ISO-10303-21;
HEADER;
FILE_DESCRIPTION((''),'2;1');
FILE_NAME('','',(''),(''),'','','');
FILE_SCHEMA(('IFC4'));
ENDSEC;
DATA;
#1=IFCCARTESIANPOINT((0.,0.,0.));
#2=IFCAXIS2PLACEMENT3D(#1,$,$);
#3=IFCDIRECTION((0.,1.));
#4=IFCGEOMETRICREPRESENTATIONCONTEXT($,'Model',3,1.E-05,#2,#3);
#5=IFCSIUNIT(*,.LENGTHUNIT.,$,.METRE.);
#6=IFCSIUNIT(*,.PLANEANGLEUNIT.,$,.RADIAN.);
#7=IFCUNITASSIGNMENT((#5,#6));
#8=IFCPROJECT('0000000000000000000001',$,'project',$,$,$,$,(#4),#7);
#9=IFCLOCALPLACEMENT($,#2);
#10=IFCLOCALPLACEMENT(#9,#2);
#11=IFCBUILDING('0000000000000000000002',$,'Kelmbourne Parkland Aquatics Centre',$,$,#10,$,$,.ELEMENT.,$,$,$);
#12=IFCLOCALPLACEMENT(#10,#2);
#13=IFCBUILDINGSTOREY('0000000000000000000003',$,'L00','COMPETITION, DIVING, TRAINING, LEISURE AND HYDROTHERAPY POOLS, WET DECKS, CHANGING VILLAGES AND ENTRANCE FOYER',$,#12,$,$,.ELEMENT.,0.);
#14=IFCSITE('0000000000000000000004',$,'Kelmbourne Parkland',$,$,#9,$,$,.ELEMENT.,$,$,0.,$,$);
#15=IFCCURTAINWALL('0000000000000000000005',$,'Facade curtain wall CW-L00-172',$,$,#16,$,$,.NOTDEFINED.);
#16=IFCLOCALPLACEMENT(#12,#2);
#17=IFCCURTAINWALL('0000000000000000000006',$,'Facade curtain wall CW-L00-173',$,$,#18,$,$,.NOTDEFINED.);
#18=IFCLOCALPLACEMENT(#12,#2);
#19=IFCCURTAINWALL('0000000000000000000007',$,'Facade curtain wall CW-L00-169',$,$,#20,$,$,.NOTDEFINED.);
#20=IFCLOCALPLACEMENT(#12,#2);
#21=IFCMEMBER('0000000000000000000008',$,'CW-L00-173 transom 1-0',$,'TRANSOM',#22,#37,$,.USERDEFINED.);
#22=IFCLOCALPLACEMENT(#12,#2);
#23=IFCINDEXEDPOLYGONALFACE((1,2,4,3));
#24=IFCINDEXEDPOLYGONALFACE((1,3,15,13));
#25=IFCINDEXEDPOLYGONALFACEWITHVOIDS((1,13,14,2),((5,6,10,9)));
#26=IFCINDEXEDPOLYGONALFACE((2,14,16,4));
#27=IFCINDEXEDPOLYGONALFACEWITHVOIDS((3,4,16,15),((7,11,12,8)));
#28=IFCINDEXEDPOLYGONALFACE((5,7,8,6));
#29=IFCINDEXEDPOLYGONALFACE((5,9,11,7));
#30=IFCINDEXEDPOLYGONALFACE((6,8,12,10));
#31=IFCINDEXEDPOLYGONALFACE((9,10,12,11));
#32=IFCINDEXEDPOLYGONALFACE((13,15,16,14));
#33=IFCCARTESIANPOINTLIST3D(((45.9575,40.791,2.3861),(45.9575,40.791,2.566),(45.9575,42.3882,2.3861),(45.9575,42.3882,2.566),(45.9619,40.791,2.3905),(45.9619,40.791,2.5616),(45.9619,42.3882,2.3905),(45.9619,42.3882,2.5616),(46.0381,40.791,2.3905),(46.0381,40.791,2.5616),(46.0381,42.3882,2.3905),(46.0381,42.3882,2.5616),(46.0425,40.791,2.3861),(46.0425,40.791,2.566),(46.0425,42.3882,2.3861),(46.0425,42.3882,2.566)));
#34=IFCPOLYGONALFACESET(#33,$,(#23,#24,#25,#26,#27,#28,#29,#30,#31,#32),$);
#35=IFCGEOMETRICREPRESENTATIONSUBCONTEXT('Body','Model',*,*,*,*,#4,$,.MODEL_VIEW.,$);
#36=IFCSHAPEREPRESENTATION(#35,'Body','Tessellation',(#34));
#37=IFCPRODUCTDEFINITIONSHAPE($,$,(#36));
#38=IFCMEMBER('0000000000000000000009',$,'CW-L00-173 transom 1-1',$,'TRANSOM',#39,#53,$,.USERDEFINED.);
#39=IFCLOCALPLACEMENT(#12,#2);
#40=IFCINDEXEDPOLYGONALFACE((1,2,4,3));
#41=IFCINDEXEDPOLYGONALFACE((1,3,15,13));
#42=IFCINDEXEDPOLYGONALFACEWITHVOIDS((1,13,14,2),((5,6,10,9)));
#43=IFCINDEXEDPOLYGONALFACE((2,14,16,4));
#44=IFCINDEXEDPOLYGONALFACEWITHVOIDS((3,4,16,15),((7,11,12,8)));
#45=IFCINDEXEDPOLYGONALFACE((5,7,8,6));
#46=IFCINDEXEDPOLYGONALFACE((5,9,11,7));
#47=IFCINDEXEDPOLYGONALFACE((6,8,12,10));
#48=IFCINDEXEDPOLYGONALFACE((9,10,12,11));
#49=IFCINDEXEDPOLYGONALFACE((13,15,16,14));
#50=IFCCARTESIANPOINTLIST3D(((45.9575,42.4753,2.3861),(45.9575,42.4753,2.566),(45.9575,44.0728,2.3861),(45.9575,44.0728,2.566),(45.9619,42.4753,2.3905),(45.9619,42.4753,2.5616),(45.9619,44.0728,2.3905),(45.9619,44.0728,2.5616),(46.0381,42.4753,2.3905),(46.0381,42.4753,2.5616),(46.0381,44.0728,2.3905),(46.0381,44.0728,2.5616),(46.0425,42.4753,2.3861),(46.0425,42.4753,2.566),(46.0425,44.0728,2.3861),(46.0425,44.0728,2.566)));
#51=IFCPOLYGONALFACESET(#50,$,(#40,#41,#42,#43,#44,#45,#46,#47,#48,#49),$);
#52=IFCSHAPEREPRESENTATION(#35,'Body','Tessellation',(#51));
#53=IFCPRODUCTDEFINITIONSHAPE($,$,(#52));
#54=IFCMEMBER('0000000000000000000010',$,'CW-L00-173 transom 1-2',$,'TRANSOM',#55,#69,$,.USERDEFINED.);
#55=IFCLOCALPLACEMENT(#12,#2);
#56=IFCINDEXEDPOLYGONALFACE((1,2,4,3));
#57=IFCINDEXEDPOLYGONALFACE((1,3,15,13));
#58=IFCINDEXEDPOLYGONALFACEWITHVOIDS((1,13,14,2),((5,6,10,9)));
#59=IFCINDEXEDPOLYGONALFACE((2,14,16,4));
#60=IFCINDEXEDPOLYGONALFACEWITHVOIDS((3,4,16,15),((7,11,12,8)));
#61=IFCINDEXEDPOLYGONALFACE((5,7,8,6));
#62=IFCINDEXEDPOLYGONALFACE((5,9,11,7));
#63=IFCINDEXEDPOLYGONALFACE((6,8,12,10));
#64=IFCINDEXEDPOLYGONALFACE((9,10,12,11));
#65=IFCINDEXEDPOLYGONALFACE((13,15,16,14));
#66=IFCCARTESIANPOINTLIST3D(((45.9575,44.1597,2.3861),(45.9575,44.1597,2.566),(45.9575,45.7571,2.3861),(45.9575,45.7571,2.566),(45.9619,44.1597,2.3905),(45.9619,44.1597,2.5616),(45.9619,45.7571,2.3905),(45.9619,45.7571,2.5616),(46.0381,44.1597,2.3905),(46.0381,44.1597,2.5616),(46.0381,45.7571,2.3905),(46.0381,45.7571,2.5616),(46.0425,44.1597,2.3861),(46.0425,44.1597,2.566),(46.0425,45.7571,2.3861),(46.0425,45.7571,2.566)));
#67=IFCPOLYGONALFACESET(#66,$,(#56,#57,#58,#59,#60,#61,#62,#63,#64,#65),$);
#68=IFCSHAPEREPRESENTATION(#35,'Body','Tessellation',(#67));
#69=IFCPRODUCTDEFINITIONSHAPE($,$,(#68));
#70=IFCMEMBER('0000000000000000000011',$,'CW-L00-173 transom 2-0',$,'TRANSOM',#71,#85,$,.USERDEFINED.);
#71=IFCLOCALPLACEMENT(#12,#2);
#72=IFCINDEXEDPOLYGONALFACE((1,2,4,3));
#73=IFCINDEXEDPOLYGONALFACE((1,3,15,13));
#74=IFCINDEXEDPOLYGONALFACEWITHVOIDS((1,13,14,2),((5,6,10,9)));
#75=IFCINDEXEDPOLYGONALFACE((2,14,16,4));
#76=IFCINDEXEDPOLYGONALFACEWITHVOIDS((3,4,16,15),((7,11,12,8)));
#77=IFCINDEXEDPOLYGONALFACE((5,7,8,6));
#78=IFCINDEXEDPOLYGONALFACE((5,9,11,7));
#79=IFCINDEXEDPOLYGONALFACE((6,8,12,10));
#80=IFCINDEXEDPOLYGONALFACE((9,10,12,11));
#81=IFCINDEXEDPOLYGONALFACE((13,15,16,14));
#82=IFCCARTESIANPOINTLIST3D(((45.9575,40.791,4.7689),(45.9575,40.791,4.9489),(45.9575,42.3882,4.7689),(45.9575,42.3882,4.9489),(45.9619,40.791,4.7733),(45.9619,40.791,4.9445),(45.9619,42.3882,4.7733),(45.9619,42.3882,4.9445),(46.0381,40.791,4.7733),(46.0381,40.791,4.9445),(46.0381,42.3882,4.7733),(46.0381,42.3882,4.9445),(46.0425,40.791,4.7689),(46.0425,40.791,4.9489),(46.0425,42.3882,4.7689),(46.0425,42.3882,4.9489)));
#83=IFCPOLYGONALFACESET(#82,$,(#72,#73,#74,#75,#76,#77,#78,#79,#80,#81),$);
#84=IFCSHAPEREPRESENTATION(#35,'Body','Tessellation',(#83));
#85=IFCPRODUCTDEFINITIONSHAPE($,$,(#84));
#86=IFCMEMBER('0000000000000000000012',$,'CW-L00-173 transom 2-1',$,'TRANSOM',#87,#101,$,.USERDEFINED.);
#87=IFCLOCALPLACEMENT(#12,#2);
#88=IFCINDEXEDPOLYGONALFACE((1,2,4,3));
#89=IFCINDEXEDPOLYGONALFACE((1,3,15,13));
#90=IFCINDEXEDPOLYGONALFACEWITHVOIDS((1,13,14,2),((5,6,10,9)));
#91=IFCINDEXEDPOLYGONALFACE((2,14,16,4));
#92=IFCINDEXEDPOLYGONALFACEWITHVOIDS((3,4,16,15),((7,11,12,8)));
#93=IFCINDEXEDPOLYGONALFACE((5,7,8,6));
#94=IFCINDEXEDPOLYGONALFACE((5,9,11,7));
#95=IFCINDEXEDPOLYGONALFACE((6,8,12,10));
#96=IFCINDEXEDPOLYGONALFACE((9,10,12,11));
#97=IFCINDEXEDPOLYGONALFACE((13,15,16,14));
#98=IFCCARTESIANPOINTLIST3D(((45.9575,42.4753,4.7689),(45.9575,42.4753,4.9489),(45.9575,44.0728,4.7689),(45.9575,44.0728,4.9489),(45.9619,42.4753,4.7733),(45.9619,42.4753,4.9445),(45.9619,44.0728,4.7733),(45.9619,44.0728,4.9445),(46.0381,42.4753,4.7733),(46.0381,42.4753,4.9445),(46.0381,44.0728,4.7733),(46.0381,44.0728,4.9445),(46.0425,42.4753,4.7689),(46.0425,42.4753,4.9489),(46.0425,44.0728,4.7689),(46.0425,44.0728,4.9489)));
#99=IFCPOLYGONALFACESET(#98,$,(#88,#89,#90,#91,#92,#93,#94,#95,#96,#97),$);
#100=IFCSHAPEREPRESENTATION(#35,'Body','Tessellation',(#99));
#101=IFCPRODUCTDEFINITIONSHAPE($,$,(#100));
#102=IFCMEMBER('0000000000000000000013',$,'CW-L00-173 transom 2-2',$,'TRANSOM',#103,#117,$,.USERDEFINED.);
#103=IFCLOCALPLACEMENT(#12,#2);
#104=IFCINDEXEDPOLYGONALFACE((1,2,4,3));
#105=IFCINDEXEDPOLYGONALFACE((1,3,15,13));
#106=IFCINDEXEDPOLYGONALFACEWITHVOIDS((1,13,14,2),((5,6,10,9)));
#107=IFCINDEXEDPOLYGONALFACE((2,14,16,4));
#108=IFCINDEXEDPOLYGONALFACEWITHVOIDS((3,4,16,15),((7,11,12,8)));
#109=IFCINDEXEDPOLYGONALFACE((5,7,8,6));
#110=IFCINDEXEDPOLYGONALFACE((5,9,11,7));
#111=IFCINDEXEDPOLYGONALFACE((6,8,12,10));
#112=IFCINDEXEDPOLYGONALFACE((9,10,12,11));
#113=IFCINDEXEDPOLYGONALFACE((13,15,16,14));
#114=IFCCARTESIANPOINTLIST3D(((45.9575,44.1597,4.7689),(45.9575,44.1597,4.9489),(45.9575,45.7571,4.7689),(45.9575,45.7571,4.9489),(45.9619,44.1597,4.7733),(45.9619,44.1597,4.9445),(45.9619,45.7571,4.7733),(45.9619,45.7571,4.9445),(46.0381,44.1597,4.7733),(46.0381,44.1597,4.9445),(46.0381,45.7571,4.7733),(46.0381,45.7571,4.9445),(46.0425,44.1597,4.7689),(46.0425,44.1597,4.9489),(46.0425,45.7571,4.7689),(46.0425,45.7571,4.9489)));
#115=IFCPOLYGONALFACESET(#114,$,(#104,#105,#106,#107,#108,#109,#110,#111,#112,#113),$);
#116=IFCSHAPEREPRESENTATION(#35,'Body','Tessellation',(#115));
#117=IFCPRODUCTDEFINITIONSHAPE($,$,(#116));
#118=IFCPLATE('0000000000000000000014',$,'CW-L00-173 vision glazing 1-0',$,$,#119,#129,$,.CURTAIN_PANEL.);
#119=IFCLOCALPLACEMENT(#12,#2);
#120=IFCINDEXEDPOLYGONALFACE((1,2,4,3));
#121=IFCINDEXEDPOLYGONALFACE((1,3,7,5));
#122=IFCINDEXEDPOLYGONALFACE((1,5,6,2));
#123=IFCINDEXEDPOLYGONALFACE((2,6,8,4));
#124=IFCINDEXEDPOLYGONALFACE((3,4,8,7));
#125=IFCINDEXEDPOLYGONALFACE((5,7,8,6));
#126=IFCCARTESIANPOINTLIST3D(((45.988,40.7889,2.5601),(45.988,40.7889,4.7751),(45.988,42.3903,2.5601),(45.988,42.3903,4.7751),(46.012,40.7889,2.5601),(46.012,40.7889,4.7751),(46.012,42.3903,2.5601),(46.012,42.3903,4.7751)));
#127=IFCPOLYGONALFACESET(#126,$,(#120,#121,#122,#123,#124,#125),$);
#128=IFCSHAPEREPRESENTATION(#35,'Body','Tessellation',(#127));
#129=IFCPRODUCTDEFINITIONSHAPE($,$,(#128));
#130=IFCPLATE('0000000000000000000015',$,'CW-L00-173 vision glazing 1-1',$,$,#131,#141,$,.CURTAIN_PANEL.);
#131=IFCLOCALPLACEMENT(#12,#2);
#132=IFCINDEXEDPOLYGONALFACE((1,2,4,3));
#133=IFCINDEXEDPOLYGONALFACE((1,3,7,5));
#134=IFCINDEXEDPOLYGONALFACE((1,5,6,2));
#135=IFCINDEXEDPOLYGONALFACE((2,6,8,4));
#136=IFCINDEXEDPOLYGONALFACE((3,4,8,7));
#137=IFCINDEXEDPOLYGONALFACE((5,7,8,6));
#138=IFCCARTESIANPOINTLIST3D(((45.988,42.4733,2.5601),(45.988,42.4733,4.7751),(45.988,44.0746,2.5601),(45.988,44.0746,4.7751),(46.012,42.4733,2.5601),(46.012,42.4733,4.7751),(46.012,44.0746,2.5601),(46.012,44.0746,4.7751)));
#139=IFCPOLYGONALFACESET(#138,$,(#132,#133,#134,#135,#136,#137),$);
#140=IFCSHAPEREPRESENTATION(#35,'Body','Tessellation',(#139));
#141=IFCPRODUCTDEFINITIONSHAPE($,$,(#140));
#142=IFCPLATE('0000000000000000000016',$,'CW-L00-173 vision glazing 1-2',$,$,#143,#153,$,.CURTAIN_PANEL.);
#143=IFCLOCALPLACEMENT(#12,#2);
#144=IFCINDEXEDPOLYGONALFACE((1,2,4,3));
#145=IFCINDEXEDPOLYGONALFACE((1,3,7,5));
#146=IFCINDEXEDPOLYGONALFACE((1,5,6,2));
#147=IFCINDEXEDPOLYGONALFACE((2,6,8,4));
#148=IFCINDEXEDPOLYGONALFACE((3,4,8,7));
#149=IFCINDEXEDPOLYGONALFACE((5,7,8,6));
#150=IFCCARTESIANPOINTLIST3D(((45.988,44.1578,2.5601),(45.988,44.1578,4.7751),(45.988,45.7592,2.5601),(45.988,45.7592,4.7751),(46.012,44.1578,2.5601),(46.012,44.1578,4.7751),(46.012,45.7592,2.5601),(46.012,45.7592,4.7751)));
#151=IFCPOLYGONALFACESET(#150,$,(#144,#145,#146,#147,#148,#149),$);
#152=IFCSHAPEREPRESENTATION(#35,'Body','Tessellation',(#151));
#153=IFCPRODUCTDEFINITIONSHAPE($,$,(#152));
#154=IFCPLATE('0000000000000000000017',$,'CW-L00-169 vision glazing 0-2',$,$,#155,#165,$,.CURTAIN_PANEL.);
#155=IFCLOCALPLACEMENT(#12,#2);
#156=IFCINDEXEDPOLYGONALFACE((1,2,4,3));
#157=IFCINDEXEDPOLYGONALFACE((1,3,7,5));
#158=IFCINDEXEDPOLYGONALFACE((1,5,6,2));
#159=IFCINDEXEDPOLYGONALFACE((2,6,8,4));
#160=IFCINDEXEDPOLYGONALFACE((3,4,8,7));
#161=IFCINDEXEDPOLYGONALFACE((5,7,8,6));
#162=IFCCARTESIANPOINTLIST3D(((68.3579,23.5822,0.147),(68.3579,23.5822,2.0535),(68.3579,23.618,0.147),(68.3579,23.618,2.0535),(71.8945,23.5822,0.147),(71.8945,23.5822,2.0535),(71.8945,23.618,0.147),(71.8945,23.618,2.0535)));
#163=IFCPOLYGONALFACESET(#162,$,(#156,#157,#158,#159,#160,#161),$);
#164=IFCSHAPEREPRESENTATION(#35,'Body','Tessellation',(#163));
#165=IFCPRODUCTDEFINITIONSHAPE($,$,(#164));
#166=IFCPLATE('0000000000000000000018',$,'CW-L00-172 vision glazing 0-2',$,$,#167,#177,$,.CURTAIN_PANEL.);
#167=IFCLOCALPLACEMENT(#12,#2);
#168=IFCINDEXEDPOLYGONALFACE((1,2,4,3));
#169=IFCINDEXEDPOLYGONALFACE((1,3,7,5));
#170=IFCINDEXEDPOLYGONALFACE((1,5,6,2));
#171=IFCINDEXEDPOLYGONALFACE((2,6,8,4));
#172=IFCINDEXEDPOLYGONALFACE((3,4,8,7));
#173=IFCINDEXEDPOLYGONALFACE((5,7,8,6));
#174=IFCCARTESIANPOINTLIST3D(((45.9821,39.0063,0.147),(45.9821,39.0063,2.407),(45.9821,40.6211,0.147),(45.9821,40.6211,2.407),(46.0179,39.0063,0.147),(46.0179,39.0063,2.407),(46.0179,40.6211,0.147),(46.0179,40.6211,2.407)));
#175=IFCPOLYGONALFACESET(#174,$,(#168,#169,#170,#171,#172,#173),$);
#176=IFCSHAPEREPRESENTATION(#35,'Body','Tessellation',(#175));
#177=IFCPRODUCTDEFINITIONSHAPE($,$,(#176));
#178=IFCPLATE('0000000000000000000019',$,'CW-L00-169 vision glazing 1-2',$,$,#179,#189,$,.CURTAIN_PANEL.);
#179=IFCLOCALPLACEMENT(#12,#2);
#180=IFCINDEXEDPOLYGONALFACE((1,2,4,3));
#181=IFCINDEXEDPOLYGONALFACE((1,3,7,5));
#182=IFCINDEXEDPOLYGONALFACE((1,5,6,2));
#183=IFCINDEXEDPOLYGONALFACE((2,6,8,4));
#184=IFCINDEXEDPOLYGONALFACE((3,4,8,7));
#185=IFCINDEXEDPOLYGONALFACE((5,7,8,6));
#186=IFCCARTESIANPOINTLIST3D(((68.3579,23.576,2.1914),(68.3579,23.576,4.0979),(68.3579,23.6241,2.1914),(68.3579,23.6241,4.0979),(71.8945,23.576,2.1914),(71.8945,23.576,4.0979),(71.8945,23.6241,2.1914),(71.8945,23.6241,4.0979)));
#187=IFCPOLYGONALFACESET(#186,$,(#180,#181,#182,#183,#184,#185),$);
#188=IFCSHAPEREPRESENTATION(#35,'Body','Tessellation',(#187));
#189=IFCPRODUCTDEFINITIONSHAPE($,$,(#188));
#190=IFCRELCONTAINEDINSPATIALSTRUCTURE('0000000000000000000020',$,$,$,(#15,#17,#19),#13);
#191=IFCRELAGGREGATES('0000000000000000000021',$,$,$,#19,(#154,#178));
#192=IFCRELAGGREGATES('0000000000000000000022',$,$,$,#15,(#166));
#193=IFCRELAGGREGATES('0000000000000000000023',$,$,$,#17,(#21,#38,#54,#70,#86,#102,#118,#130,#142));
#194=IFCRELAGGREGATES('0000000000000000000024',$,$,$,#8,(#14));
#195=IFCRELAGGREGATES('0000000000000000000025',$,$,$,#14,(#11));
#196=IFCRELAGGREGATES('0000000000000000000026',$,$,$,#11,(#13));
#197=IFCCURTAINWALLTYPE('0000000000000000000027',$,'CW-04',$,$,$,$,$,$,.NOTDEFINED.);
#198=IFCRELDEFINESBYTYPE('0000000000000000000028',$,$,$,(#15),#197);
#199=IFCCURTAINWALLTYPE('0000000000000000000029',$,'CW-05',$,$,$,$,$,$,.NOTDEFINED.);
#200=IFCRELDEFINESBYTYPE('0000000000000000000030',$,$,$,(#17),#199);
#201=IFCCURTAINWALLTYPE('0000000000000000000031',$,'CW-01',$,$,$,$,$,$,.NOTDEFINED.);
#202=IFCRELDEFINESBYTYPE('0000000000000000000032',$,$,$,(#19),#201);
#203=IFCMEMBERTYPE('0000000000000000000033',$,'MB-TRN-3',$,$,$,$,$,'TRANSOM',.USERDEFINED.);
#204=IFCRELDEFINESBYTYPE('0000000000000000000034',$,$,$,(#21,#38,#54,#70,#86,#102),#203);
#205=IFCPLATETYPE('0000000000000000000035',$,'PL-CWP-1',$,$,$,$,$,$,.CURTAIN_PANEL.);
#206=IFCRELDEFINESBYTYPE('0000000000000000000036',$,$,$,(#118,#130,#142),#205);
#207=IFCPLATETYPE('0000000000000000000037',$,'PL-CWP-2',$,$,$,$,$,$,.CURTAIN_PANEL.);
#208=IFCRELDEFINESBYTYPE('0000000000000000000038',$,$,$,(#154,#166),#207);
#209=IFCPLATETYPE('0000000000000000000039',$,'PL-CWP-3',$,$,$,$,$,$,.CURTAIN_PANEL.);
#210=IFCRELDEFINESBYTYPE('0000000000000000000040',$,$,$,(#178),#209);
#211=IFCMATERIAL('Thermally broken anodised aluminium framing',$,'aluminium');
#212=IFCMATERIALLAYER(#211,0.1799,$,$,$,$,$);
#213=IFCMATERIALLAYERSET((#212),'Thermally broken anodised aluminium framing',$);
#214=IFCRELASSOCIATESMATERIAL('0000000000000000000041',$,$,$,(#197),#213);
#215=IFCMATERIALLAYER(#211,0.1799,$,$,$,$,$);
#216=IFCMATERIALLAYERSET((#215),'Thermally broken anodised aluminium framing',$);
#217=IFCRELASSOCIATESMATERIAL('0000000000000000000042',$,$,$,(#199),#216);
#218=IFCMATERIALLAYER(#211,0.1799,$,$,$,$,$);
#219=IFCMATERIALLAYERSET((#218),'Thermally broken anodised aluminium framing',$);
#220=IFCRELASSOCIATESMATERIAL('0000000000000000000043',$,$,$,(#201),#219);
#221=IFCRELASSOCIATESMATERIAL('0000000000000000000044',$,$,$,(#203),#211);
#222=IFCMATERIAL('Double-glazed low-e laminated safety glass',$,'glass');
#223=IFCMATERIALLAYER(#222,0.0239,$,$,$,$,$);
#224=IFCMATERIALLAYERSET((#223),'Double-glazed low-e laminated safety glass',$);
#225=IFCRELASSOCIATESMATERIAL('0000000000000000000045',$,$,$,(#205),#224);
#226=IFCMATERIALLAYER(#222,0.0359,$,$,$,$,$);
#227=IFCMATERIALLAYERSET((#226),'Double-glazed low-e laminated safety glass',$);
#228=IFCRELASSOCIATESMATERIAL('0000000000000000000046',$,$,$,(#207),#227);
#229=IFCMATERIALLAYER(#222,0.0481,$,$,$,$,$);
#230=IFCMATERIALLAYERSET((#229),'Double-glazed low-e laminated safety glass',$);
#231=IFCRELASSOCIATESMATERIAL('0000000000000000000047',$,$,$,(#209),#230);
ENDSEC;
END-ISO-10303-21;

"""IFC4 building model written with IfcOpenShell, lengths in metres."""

from ifc_helpers import new_model, si_unit, direction, frame, origin, origin_2d, place, context, subcontext, project, spatial, rectangle, hollow_rectangle, extrude, material, layer, layer_set, material_profile, profile_set, type_object, element, aggregate, save


model = new_model("IFC4")

# Units and contexts
model_context = context("Model", 3, precision=1e-05, world=origin(), true_north=direction((0.0, 1.0)))
body_context = subcontext(model_context, "Body", "Model", "MODEL_VIEW")
ifc_project = project(units=[si_unit("LENGTHUNIT", "METRE"), si_unit("PLANEANGLEUNIT", "RADIAN")], contexts=[model_context])

# Site, building, storey
site_placement = place(None, origin())
site = spatial("IfcSite", under=ifc_project, at=site_placement, Name="Kelmbourne Parkland", CompositionType="ELEMENT", RefElevation=0.0)
building_placement = place(site_placement, origin())
building = spatial("IfcBuilding", under=site, at=building_placement, Name="Kelmbourne Parkland Aquatics Centre", CompositionType="ELEMENT")
storey_placement = place(building_placement, origin())
storey = spatial("IfcBuildingStorey", under=building, at=storey_placement, Name="L00", Description="COMPETITION, DIVING, TRAINING, LEISURE AND HYDROTHERAPY POOLS, WET DECKS, CHANGING VILLAGES AND ENTRANCE FOYER", CompositionType="ELEMENT", Elevation=0.0)

# Curtain wall
ifc_material_1 = material(Name="Thermally broken anodised aluminium framing", Category="aluminium")
ifc_layer_1 = layer(ifc_material_1, 0.1799)
ifc_layer_set_1 = layer_set([ifc_layer_1], Name="Thermally broken anodised aluminium framing")
curtain_wall_type_1 = type_object("IfcCurtainWallType", Name="CW-04", PredefinedType="NOTDEFINED", material=ifc_layer_set_1)
curtain_wall_1_placement = place(storey_placement, origin())
curtain_wall_1 = element("IfcCurtainWall", 1, at=curtain_wall_1_placement, inside=storey, type_object=curtain_wall_type_1, Name="Facade curtain wall CW-L00-172", PredefinedType="NOTDEFINED")

# Curtain walls
ifc_layer_2 = layer(ifc_material_1, 0.1799)
ifc_layer_set_2 = layer_set([ifc_layer_2], Name="Thermally broken anodised aluminium framing")
curtain_wall_type_2 = type_object("IfcCurtainWallType", Name="CW-05", PredefinedType="NOTDEFINED", material=ifc_layer_set_2)
curtain_wall_2_placement = place(storey_placement, origin())
curtain_wall_2 = element("IfcCurtainWall", 2, at=curtain_wall_2_placement, inside=storey, type_object=curtain_wall_type_2, Name="Facade curtain wall CW-L00-173", PredefinedType="NOTDEFINED")
ifc_layer_3 = layer(ifc_material_1, 0.1799)
ifc_layer_set_3 = layer_set([ifc_layer_3], Name="Thermally broken anodised aluminium framing")
curtain_wall_type_3 = type_object("IfcCurtainWallType", Name="CW-01", PredefinedType="NOTDEFINED", material=ifc_layer_set_3)
curtain_wall_3_placement = place(storey_placement, origin())
curtain_wall_3 = element("IfcCurtainWall", 3, at=curtain_wall_3_placement, inside=storey, type_object=curtain_wall_type_3, Name="Facade curtain wall CW-L00-169", PredefinedType="NOTDEFINED")

# Members
ifc_material_profile_1 = material_profile(ifc_material_1, hollow_rectangle(XDim=0.085, YDim=0.1799, WallThickness=0.0044, at=origin_2d()), Name="CW-T 85x180")
ifc_profile_set_1 = profile_set([ifc_material_profile_1], Name="Thermally broken anodised aluminium framing")
member_type_1 = type_object("IfcMemberType", Name="MB-TRN-3", ElementType="TRANSOM", PredefinedType="USERDEFINED", material=ifc_profile_set_1)
member_1_placement = place(storey_placement, frame((46.0, 40.791, 2.4761), z_axis=(0.0, 1.0, 0.0), x_axis=(-1.0, 0.0, 0.0)))
member_1 = element("IfcMember", 4, at=member_1_placement, type_object=member_type_1, Name="CW-L00-173 transom 1-0", ObjectType="TRANSOM", PredefinedType="USERDEFINED", context=body_context, shape_type="SweptSolid", body=[
    extrude(hollow_rectangle(XDim=0.085, YDim=0.1799, WallThickness=0.0044, at=origin_2d()), origin(), (0.0, 0.0, 1.0), 1.5972),
])
member_2_placement = place(storey_placement, frame((46.0, 42.4753, 2.4761), z_axis=(0.0, 1.0, 0.0), x_axis=(-1.0, 0.0, 0.0)))
member_2 = element("IfcMember", 5, at=member_2_placement, type_object=member_type_1, Name="CW-L00-173 transom 1-1", ObjectType="TRANSOM", PredefinedType="USERDEFINED", context=body_context, shape_type="SweptSolid", body=[
    extrude(hollow_rectangle(XDim=0.085, YDim=0.1799, WallThickness=0.0044, at=origin_2d()), origin(), (0.0, 0.0, 1.0), 1.5974),
])
member_3_placement = place(storey_placement, frame((46.0, 44.1597, 2.4761), z_axis=(0.0, 1.0, 0.0), x_axis=(-1.0, 0.0, 0.0)))
member_3 = element("IfcMember", 6, at=member_3_placement, type_object=member_type_1, Name="CW-L00-173 transom 1-2", ObjectType="TRANSOM", PredefinedType="USERDEFINED", context=body_context, shape_type="SweptSolid", body=[
    extrude(hollow_rectangle(XDim=0.085, YDim=0.1799, WallThickness=0.0044, at=origin_2d()), origin(), (0.0, 0.0, 1.0), 1.5974),
])
member_4_placement = place(storey_placement, frame((46.0, 40.791, 4.8589), z_axis=(0.0, 1.0, 0.0), x_axis=(-1.0, 0.0, 0.0)))
member_4 = element("IfcMember", 7, at=member_4_placement, type_object=member_type_1, Name="CW-L00-173 transom 2-0", ObjectType="TRANSOM", PredefinedType="USERDEFINED", context=body_context, shape_type="SweptSolid", body=[
    extrude(hollow_rectangle(XDim=0.085, YDim=0.1799, WallThickness=0.0044, at=origin_2d()), origin(), (0.0, 0.0, 1.0), 1.5972),
])
member_5_placement = place(storey_placement, frame((46.0, 42.4753, 4.8589), z_axis=(0.0, 1.0, 0.0), x_axis=(-1.0, 0.0, 0.0)))
member_5 = element("IfcMember", 8, at=member_5_placement, type_object=member_type_1, Name="CW-L00-173 transom 2-1", ObjectType="TRANSOM", PredefinedType="USERDEFINED", context=body_context, shape_type="SweptSolid", body=[
    extrude(hollow_rectangle(XDim=0.085, YDim=0.1799, WallThickness=0.0044, at=origin_2d()), origin(), (0.0, 0.0, 1.0), 1.5974),
])
member_6_placement = place(storey_placement, frame((46.0, 44.1597, 4.8589), z_axis=(0.0, 1.0, 0.0), x_axis=(-1.0, 0.0, 0.0)))
member_6 = element("IfcMember", 9, at=member_6_placement, type_object=member_type_1, Name="CW-L00-173 transom 2-2", ObjectType="TRANSOM", PredefinedType="USERDEFINED", context=body_context, shape_type="SweptSolid", body=[
    extrude(hollow_rectangle(XDim=0.085, YDim=0.1799, WallThickness=0.0044, at=origin_2d()), origin(), (0.0, 0.0, 1.0), 1.5974),
])

# Plates
ifc_material_2 = material(Name="Double-glazed low-e laminated safety glass", Category="glass")
ifc_layer_4 = layer(ifc_material_2, 0.0239)
ifc_layer_set_4 = layer_set([ifc_layer_4], Name="Double-glazed low-e laminated safety glass")
plate_type_1 = type_object("IfcPlateType", Name="PL-CWP-1", PredefinedType="CURTAIN_PANEL", material=ifc_layer_set_4)
plate_1_placement = place(storey_placement, frame((46.0, 41.5896, 2.5601), z_axis=(0.0, 0.0, 1.0), x_axis=(0.0, 1.0, 0.0)))
plate_1 = element("IfcPlate", 10, at=plate_1_placement, type_object=plate_type_1, Name="CW-L00-173 vision glazing 1-0", PredefinedType="CURTAIN_PANEL", context=body_context, shape_type="SweptSolid", body=[
    extrude(rectangle(XDim=1.6013, YDim=0.0239, at=origin_2d()), origin(), (0.0, 0.0, 1.0), 2.2151),
])
plate_2_placement = place(storey_placement, frame((46.0, 43.2739, 2.5601), z_axis=(0.0, 0.0, 1.0), x_axis=(0.0, 1.0, 0.0)))
plate_2 = element("IfcPlate", 11, at=plate_2_placement, type_object=plate_type_1, Name="CW-L00-173 vision glazing 1-1", PredefinedType="CURTAIN_PANEL", context=body_context, shape_type="SweptSolid", body=[
    extrude(rectangle(XDim=1.6013, YDim=0.0239, at=origin_2d()), origin(), (0.0, 0.0, 1.0), 2.2151),
])
plate_3_placement = place(storey_placement, frame((46.0, 44.9585, 2.5601), z_axis=(0.0, 0.0, 1.0), x_axis=(0.0, 1.0, 0.0)))
plate_3 = element("IfcPlate", 12, at=plate_3_placement, type_object=plate_type_1, Name="CW-L00-173 vision glazing 1-2", PredefinedType="CURTAIN_PANEL", context=body_context, shape_type="SweptSolid", body=[
    extrude(rectangle(XDim=1.6013, YDim=0.0239, at=origin_2d()), origin(), (0.0, 0.0, 1.0), 2.2151),
])
ifc_layer_5 = layer(ifc_material_2, 0.0359)
ifc_layer_set_5 = layer_set([ifc_layer_5], Name="Double-glazed low-e laminated safety glass")
plate_type_2 = type_object("IfcPlateType", Name="PL-CWP-2", PredefinedType="CURTAIN_PANEL", material=ifc_layer_set_5)
plate_4_placement = place(storey_placement, frame((70.1262, 23.6001, 0.147), z_axis=(0.0, 0.0, 1.0), x_axis=(1.0, 0.0, 0.0)))
plate_4 = element("IfcPlate", 13, at=plate_4_placement, type_object=plate_type_2, Name="CW-L00-169 vision glazing 0-2", PredefinedType="CURTAIN_PANEL", context=body_context, shape_type="SweptSolid", body=[
    extrude(rectangle(XDim=3.5366, YDim=0.0359, at=origin_2d()), origin(), (0.0, 0.0, 1.0), 1.9065),
])
plate_5_placement = place(storey_placement, frame((46.0, 39.8137, 0.147), z_axis=(0.0, 0.0, 1.0), x_axis=(0.0, 1.0, 0.0)))
plate_5 = element("IfcPlate", 14, at=plate_5_placement, type_object=plate_type_2, Name="CW-L00-172 vision glazing 0-2", PredefinedType="CURTAIN_PANEL", context=body_context, shape_type="SweptSolid", body=[
    extrude(rectangle(XDim=1.6147, YDim=0.0359, at=origin_2d()), origin(), (0.0, 0.0, 1.0), 2.26),
])
ifc_layer_6 = layer(ifc_material_2, 0.0481)
ifc_layer_set_6 = layer_set([ifc_layer_6], Name="Double-glazed low-e laminated safety glass")
plate_type_3 = type_object("IfcPlateType", Name="PL-CWP-3", PredefinedType="CURTAIN_PANEL", material=ifc_layer_set_6)
plate_6_placement = place(storey_placement, frame((70.1262, 23.6001, 2.1914), z_axis=(0.0, 0.0, 1.0), x_axis=(1.0, 0.0, 0.0)))
plate_6 = element("IfcPlate", 15, at=plate_6_placement, type_object=plate_type_3, Name="CW-L00-169 vision glazing 1-2", PredefinedType="CURTAIN_PANEL", context=body_context, shape_type="SweptSolid", body=[
    extrude(rectangle(XDim=3.5366, YDim=0.0481, at=origin_2d()), origin(), (0.0, 0.0, 1.0), 1.9065),
])
aggregate(curtain_wall_3, [plate_4, plate_6])
aggregate(curtain_wall_1, [plate_5])
aggregate(curtain_wall_2, [member_1, member_2, member_3, member_4, member_5, member_6, plate_1, plate_2, plate_3])

save(model, "model.ifc")
